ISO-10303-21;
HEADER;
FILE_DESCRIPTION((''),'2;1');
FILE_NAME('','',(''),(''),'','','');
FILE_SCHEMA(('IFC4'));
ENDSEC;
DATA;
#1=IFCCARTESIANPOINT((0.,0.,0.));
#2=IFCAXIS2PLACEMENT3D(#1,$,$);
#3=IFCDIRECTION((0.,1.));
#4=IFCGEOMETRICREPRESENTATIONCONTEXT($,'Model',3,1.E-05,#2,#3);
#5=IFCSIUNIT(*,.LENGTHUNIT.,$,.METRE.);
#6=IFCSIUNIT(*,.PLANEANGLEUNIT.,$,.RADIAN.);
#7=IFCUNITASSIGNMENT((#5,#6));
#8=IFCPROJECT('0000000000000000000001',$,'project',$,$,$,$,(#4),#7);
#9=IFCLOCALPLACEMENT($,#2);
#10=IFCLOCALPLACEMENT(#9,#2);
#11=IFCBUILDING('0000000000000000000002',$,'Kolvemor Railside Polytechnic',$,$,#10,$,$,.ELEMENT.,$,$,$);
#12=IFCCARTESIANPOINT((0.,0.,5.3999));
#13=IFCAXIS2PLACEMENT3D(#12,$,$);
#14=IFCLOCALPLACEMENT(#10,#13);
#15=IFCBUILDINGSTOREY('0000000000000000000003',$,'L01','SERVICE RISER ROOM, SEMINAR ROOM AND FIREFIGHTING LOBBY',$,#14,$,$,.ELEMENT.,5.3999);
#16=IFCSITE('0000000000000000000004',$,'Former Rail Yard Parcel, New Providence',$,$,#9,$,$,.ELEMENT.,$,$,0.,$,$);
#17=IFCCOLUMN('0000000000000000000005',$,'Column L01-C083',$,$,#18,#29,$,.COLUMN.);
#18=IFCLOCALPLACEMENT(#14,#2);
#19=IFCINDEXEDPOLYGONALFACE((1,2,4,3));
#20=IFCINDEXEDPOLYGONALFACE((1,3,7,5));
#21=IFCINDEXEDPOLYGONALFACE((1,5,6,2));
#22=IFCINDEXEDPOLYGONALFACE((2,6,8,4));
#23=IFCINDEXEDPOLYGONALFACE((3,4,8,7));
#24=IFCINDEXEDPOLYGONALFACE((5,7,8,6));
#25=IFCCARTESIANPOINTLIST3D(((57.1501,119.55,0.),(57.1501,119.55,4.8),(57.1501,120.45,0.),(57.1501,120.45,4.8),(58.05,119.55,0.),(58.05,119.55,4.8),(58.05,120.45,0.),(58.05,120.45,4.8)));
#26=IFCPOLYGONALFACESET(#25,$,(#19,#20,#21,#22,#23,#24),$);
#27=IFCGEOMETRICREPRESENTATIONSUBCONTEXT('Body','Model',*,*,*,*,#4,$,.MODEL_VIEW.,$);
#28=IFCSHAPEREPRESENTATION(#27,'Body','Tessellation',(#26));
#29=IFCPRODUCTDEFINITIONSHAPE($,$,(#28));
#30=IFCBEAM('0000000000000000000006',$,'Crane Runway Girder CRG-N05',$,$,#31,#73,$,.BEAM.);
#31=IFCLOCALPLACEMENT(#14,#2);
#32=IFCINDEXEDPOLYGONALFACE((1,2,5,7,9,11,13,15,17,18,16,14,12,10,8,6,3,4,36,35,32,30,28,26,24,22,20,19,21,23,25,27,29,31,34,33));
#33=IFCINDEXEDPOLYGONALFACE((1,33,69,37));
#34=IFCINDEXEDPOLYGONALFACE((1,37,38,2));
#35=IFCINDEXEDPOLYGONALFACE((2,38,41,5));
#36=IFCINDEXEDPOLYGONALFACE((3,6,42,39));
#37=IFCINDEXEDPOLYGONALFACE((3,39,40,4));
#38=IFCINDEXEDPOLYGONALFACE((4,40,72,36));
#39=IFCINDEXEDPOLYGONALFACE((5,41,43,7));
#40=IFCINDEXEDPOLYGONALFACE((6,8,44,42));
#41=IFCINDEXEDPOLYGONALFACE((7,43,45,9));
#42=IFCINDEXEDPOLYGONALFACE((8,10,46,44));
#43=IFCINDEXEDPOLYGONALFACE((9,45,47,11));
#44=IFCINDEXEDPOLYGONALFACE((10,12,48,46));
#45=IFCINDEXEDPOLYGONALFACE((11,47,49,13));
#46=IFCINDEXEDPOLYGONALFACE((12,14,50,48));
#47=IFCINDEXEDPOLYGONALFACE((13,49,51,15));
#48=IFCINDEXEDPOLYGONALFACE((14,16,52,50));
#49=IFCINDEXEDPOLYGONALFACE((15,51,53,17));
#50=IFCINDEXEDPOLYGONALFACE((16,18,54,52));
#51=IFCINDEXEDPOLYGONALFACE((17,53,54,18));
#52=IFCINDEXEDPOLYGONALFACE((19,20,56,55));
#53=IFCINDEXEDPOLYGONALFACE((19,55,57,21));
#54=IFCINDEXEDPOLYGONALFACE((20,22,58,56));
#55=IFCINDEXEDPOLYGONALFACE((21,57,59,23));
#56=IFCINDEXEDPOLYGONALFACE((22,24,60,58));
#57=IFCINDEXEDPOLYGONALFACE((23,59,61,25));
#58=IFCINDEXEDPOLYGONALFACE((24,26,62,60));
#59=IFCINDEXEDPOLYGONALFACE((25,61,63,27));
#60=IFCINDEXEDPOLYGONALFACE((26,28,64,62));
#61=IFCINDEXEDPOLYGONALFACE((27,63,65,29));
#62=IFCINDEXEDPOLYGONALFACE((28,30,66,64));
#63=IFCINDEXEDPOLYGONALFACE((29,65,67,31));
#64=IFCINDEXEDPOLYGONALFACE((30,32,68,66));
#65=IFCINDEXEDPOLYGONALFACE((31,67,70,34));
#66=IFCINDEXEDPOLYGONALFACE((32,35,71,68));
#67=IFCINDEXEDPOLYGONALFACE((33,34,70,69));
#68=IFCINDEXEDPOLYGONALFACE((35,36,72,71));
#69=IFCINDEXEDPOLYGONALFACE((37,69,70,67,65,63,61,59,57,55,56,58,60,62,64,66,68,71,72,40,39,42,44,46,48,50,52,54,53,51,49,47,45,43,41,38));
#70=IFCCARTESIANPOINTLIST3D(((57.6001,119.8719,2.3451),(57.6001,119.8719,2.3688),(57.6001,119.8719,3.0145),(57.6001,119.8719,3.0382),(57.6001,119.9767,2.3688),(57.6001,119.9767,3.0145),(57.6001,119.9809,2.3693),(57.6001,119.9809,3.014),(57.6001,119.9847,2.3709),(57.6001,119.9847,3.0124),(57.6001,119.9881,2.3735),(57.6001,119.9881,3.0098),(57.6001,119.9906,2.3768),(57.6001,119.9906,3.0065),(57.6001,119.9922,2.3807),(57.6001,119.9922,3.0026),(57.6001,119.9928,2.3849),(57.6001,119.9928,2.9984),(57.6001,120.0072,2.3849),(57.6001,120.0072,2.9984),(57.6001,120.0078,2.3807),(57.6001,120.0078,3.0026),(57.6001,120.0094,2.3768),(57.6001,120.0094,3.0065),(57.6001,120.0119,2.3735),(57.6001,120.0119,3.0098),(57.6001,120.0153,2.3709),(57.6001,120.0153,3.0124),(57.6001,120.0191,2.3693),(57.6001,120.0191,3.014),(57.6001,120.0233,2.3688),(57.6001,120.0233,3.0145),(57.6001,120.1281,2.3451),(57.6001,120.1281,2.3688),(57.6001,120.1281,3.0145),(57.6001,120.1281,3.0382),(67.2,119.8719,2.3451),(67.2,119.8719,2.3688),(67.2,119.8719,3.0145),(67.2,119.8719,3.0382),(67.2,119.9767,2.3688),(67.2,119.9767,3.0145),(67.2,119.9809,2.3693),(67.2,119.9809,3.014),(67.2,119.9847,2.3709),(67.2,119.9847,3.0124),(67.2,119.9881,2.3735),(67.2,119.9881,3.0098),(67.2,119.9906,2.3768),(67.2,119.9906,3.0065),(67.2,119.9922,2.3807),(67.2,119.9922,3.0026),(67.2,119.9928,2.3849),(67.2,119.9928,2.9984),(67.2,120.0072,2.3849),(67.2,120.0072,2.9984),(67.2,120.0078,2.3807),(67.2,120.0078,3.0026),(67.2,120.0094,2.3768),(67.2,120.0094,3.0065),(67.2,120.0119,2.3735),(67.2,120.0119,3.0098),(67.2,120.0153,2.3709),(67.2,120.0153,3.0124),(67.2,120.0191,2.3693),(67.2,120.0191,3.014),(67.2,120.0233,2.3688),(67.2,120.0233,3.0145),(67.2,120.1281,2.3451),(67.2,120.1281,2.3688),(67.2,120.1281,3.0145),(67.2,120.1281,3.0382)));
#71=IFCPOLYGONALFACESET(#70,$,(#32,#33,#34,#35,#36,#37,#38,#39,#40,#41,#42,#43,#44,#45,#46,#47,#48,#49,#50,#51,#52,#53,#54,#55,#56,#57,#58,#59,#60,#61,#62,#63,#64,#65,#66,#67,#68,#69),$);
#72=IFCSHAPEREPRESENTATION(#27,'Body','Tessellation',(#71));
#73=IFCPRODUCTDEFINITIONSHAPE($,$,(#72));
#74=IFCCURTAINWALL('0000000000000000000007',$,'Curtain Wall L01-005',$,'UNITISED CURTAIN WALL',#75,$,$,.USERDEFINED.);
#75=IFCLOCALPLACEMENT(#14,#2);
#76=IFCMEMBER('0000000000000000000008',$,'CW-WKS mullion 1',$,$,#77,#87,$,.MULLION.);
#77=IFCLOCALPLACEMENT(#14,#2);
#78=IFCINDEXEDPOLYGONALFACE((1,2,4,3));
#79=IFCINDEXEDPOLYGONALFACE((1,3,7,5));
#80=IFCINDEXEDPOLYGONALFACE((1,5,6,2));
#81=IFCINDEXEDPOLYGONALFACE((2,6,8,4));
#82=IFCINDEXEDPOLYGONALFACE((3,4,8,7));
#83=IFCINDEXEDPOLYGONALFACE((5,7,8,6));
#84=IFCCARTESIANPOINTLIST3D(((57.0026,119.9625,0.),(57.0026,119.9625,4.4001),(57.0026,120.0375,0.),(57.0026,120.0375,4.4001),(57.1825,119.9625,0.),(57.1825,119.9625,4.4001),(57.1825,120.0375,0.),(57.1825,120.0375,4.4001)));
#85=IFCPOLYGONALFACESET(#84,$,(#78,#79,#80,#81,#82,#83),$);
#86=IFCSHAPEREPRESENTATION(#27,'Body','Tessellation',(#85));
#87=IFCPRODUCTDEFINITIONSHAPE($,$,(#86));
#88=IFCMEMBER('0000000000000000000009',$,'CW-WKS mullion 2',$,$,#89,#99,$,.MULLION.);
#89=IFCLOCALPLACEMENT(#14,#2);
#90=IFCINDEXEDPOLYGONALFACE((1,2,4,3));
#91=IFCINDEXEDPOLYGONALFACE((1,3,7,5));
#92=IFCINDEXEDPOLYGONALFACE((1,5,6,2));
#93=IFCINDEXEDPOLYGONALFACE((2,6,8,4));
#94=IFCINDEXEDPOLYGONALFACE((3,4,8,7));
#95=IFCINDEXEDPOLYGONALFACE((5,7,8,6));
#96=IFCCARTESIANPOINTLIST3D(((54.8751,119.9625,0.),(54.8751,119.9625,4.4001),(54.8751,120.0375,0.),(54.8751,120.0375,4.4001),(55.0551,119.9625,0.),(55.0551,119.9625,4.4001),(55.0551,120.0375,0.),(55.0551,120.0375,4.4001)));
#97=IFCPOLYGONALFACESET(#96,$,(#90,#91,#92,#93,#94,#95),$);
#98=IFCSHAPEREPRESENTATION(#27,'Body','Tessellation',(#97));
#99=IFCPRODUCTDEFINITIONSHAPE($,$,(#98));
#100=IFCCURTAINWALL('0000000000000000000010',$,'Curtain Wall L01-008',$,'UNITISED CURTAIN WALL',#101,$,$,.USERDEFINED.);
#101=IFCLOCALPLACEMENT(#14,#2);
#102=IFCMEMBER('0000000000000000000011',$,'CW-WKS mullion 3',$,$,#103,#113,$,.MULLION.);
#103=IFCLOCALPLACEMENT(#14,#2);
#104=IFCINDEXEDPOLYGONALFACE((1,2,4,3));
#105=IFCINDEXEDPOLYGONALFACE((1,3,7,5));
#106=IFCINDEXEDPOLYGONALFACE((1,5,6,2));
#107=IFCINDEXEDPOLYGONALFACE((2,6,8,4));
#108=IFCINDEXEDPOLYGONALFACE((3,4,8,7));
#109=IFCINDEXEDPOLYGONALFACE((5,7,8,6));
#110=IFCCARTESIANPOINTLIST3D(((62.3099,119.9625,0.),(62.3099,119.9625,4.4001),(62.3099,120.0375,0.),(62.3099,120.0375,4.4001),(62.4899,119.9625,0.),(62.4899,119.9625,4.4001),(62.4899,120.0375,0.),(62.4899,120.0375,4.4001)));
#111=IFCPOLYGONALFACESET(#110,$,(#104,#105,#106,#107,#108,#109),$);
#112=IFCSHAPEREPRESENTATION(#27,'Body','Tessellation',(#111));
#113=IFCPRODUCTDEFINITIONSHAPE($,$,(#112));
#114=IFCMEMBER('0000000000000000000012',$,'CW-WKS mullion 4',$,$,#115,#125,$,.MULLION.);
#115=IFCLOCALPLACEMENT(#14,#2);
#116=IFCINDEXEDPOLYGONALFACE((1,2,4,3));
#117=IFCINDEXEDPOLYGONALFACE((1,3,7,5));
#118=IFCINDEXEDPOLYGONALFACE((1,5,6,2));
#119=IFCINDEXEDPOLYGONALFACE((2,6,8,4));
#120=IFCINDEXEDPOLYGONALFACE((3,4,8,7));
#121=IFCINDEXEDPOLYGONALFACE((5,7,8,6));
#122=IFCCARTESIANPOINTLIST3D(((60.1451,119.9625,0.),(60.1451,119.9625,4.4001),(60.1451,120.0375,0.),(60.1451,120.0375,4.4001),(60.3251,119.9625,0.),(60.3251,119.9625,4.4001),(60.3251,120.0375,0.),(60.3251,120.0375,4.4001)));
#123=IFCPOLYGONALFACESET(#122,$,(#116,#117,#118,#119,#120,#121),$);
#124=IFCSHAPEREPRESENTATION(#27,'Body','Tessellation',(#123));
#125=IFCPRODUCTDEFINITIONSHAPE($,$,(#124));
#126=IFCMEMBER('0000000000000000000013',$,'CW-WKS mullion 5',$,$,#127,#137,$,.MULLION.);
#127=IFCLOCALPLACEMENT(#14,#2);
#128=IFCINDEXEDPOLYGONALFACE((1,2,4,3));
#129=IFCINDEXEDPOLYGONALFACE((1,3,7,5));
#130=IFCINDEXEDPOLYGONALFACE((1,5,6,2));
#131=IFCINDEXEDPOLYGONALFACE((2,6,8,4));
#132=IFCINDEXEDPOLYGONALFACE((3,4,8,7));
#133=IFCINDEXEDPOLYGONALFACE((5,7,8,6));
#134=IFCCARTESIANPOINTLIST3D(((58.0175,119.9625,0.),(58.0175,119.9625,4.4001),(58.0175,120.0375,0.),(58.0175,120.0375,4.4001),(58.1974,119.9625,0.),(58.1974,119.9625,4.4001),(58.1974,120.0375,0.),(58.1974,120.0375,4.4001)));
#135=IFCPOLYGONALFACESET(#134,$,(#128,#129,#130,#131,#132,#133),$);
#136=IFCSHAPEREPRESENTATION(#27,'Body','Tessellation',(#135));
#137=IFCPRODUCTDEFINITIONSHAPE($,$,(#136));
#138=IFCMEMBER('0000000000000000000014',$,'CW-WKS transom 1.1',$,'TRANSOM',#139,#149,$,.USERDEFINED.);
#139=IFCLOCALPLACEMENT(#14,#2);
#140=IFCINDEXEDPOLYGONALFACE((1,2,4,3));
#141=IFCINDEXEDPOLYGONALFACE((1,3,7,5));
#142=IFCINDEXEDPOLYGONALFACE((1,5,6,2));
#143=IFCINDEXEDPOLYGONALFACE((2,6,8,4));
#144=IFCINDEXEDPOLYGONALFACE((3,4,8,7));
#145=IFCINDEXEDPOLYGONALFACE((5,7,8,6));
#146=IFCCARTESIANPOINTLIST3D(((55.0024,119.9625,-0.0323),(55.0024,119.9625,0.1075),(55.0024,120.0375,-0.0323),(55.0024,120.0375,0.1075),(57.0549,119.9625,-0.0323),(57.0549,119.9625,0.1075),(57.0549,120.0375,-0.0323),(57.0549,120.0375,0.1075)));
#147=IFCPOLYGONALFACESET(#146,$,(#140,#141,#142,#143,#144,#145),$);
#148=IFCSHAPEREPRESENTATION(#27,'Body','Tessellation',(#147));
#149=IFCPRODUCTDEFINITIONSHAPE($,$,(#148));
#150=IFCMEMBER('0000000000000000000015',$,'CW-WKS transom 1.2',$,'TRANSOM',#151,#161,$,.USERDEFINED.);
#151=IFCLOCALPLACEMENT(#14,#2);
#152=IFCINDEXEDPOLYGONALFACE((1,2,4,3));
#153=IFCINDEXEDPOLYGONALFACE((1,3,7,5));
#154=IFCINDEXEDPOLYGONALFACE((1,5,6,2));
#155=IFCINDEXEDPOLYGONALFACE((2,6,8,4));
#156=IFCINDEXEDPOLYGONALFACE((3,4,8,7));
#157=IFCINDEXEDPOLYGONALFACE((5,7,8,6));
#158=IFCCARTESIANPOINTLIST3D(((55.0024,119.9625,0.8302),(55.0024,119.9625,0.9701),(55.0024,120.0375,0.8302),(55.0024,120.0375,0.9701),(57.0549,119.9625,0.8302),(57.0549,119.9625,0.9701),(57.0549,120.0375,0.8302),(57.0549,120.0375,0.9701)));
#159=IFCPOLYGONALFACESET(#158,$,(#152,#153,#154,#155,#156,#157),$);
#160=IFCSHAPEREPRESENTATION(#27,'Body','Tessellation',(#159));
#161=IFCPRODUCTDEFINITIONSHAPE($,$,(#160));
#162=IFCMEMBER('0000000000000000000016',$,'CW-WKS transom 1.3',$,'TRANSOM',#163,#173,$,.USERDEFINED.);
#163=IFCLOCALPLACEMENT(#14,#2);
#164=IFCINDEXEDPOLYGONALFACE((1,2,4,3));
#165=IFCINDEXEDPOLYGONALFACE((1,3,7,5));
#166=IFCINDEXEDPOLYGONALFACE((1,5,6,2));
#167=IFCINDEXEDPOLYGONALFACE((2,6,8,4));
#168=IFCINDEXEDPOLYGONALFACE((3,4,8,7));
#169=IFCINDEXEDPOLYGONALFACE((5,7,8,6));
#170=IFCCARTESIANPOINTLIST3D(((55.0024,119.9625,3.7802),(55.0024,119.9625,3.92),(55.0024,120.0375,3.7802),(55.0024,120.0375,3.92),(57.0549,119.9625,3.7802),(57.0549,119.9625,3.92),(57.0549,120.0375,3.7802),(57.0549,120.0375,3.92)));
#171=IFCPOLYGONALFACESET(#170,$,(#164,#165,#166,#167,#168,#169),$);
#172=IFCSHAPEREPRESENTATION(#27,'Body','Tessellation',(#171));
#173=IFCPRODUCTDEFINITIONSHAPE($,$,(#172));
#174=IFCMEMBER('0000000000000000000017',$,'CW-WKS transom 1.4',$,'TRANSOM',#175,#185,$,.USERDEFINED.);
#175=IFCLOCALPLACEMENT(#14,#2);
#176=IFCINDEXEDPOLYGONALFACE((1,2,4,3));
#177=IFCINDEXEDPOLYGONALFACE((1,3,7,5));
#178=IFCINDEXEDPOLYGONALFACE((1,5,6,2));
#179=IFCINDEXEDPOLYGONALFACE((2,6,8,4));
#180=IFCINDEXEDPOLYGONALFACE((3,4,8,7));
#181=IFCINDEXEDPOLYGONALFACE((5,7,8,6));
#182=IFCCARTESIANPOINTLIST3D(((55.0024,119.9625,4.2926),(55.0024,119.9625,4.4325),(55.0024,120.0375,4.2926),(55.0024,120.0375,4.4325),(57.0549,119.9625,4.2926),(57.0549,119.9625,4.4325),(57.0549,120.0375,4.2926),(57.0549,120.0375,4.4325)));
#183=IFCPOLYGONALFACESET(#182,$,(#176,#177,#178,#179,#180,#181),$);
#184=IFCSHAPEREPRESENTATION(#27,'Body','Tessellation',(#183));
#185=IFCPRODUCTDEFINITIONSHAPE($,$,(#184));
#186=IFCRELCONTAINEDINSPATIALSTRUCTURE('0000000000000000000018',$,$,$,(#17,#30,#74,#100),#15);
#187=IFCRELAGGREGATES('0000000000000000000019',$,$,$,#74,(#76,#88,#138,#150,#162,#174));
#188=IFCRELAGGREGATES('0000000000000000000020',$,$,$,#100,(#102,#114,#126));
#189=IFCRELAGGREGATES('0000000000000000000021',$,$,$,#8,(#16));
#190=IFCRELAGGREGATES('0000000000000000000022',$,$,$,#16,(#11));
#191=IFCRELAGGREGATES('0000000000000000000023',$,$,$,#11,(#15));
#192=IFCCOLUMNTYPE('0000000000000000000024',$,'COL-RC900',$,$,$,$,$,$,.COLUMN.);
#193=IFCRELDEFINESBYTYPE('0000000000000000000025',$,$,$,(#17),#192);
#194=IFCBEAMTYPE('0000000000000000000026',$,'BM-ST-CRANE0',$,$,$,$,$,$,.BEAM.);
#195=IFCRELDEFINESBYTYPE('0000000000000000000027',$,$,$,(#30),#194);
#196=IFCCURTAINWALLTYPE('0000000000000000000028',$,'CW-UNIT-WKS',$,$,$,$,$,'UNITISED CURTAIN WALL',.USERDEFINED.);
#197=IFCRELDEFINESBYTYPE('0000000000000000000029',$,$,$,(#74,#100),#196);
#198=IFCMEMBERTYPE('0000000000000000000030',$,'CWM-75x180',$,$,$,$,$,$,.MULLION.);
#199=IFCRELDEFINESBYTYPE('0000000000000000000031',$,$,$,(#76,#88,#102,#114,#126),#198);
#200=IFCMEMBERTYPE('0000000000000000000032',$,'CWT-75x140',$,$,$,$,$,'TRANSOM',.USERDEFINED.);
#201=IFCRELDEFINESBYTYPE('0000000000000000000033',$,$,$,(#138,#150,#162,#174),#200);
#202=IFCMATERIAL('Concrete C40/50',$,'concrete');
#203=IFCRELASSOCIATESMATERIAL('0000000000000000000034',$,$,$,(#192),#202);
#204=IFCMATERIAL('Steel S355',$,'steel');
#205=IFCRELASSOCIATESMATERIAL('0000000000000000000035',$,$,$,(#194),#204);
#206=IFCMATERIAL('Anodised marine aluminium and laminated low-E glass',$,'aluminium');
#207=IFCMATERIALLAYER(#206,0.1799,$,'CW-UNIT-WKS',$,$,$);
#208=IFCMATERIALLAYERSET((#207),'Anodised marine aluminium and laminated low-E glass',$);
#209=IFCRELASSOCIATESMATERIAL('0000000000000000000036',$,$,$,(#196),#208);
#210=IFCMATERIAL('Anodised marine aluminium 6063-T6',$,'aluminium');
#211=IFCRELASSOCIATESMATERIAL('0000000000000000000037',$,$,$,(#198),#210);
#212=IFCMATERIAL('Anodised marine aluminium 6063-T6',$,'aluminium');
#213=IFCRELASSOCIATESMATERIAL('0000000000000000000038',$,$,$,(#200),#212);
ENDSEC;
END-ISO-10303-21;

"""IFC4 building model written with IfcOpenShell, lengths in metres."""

from ifc_helpers import new_model, si_unit, direction, frame, origin, origin_2d, place, context, subcontext, project, spatial, rectangle, i_section, extrude, material, layer, layer_set, material_profile, profile_set, type_object, element, aggregate, save


model = new_model("IFC4")

# Units and contexts
model_context = context("Model", 3, precision=1e-05, world=origin(), true_north=direction((0.0, 1.0)))
body_context = subcontext(model_context, "Body", "Model", "MODEL_VIEW")
ifc_project = project(units=[si_unit("LENGTHUNIT", "METRE"), si_unit("PLANEANGLEUNIT", "RADIAN")], contexts=[model_context])

# Site, building, storey
site_placement = place(None, origin())
site = spatial("IfcSite", under=ifc_project, at=site_placement, Name="Former Rail Yard Parcel, New Providence", CompositionType="ELEMENT", RefElevation=0.0)
building_placement = place(site_placement, origin())
building = spatial("IfcBuilding", under=site, at=building_placement, Name="Kolvemor Railside Polytechnic", CompositionType="ELEMENT")
storey_placement = place(building_placement, frame((0.0, 0.0, 5.3999)))
storey = spatial("IfcBuildingStorey", under=building, at=storey_placement, Name="L01", Description="SERVICE RISER ROOM, SEMINAR ROOM AND FIREFIGHTING LOBBY", CompositionType="ELEMENT", Elevation=5.3999)

# Column
ifc_material_1 = material(Name="Concrete C40/50", Category="concrete")
ifc_material_profile_1 = material_profile(ifc_material_1, rectangle(XDim=0.8999, YDim=0.8999, at=origin_2d()), Name="RC900x900")
ifc_profile_set_1 = profile_set([ifc_material_profile_1], Name="Concrete C40/50")
column_type = type_object("IfcColumnType", Name="COL-RC900", PredefinedType="COLUMN", material=ifc_profile_set_1)
column_placement = place(storey_placement, frame((57.6001, 120.0, 0.0), z_axis=(0.0, 0.0, 1.0), x_axis=(1.0, 0.0, 0.0)))
element("IfcColumn", 1, at=column_placement, inside=storey, type_object=column_type, Name="Column L01-C083", PredefinedType="COLUMN", context=body_context, shape_type="SweptSolid", body=[
    extrude(rectangle(XDim=0.8999, YDim=0.8999, at=origin_2d()), origin(), (0.0, 0.0, 1.0), 4.8),
])

# Beam
ifc_material_2 = material(Name="Steel S355", Category="steel")
ifc_material_profile_2 = material_profile(ifc_material_2, i_section(OverallWidth=0.2561, OverallDepth=0.6931, WebThickness=0.0144, FlangeThickness=0.0237, FilletRadius=0.0161, at=origin_2d()), Name="W690x170")
ifc_profile_set_2 = profile_set([ifc_material_profile_2], Name="Steel S355")
beam_type = type_object("IfcBeamType", Name="BM-ST-CRANE0", PredefinedType="BEAM", material=ifc_profile_set_2)
beam_placement = place(storey_placement, frame((57.6001, 120.0, 2.6917), z_axis=(1.0, 0.0, 0.0), x_axis=(0.0, 1.0, 0.0)))
element("IfcBeam", 2, at=beam_placement, inside=storey, type_object=beam_type, Name="Crane Runway Girder CRG-N05", PredefinedType="BEAM", context=body_context, shape_type="SweptSolid", body=[
    extrude(i_section(OverallWidth=0.2561, OverallDepth=0.6931, WebThickness=0.0144, FlangeThickness=0.0237, FilletRadius=0.0161, at=origin_2d()), origin(), (0.0, 0.0, 1.0), 9.5999),
])

# Curtain walls, members
ifc_material_3 = material(Name="Anodised marine aluminium and laminated low-E glass", Category="aluminium")
ifc_layer_1 = layer(ifc_material_3, 0.1799, Name="CW-UNIT-WKS")
ifc_layer_set_1 = layer_set([ifc_layer_1], Name="Anodised marine aluminium and laminated low-E glass")
curtain_wall_type = type_object("IfcCurtainWallType", Name="CW-UNIT-WKS", ElementType="UNITISED CURTAIN WALL", PredefinedType="USERDEFINED", material=ifc_layer_set_1)
curtain_wall_1_placement = place(storey_placement, origin())
curtain_wall_1 = element("IfcCurtainWall", 3, at=curtain_wall_1_placement, inside=storey, type_object=curtain_wall_type, Name="Curtain Wall L01-005", ObjectType="UNITISED CURTAIN WALL", PredefinedType="USERDEFINED")
ifc_material_4 = material(Name="Anodised marine aluminium 6063-T6", Category="aluminium")
ifc_material_profile_3 = material_profile(ifc_material_4, rectangle(XDim=0.075, YDim=0.1799, at=origin_2d()), Name="CW-MUL-75x180")
ifc_profile_set_3 = profile_set([ifc_material_profile_3], Name="Anodised marine aluminium 6063-T6")
member_type_1 = type_object("IfcMemberType", Name="CWM-75x180", PredefinedType="MULLION", material=ifc_profile_set_3)
member_1_placement = place(storey_placement, frame((57.0925, 120.0, 0.0), z_axis=(0.0, 0.0, 1.0), x_axis=(0.0, -1.0, 0.0)))
member_1 = element("IfcMember", 4, at=member_1_placement, type_object=member_type_1, Name="CW-WKS mullion 1", PredefinedType="MULLION", context=body_context, shape_type="SweptSolid", body=[
    extrude(rectangle(XDim=0.075, YDim=0.1799, at=origin_2d()), origin(), (0.0, 0.0, 1.0), 4.4001),
])
member_2_placement = place(storey_placement, frame((54.9651, 120.0, 0.0), z_axis=(0.0, 0.0, 1.0), x_axis=(0.0, -1.0, 0.0)))
member_2 = element("IfcMember", 5, at=member_2_placement, type_object=member_type_1, Name="CW-WKS mullion 2", PredefinedType="MULLION", context=body_context, shape_type="SweptSolid", body=[
    extrude(rectangle(XDim=0.075, YDim=0.1799, at=origin_2d()), origin(), (0.0, 0.0, 1.0), 4.4001),
])
curtain_wall_2_placement = place(storey_placement, origin())
curtain_wall_2 = element("IfcCurtainWall", 6, at=curtain_wall_2_placement, inside=storey, type_object=curtain_wall_type, Name="Curtain Wall L01-008", ObjectType="UNITISED CURTAIN WALL", PredefinedType="USERDEFINED")
member_3_placement = place(storey_placement, frame((62.3999, 120.0, 0.0), z_axis=(0.0, 0.0, 1.0), x_axis=(0.0, -1.0, 0.0)))
member_3 = element("IfcMember", 7, at=member_3_placement, type_object=member_type_1, Name="CW-WKS mullion 3", PredefinedType="MULLION", context=body_context, shape_type="SweptSolid", body=[
    extrude(rectangle(XDim=0.075, YDim=0.1799, at=origin_2d()), origin(), (0.0, 0.0, 1.0), 4.4001),
])
member_4_placement = place(storey_placement, frame((60.2351, 120.0, 0.0), z_axis=(0.0, 0.0, 1.0), x_axis=(0.0, -1.0, 0.0)))
member_4 = element("IfcMember", 8, at=member_4_placement, type_object=member_type_1, Name="CW-WKS mullion 4", PredefinedType="MULLION", context=body_context, shape_type="SweptSolid", body=[
    extrude(rectangle(XDim=0.075, YDim=0.1799, at=origin_2d()), origin(), (0.0, 0.0, 1.0), 4.4001),
])
member_5_placement = place(storey_placement, frame((58.1074, 120.0, 0.0), z_axis=(0.0, 0.0, 1.0), x_axis=(0.0, -1.0, 0.0)))
member_5 = element("IfcMember", 9, at=member_5_placement, type_object=member_type_1, Name="CW-WKS mullion 5", PredefinedType="MULLION", context=body_context, shape_type="SweptSolid", body=[
    extrude(rectangle(XDim=0.075, YDim=0.1799, at=origin_2d()), origin(), (0.0, 0.0, 1.0), 4.4001),
])

# Members
ifc_material_5 = material(Name="Anodised marine aluminium 6063-T6", Category="aluminium")
ifc_material_profile_4 = material_profile(ifc_material_5, rectangle(XDim=0.075, YDim=0.1399, at=origin_2d()), Name="CW-TRN-75x140")
ifc_profile_set_4 = profile_set([ifc_material_profile_4], Name="Anodised marine aluminium 6063-T6")
member_type_2 = type_object("IfcMemberType", Name="CWT-75x140", ElementType="TRANSOM", PredefinedType="USERDEFINED", material=ifc_profile_set_4)
member_6_placement = place(storey_placement, frame((57.0549, 120.0, 0.0376), z_axis=(-1.0, 0.0, 0.0), x_axis=(0.0, -1.0, 0.0)))
member_6 = element("IfcMember", 10, at=member_6_placement, type_object=member_type_2, Name="CW-WKS transom 1.1", ObjectType="TRANSOM", PredefinedType="USERDEFINED", context=body_context, shape_type="SweptSolid", body=[
    extrude(rectangle(XDim=0.075, YDim=0.1399, at=origin_2d()), origin(), (0.0, 0.0, 1.0), 2.0525),
])
member_7_placement = place(storey_placement, frame((57.0549, 120.0, 0.9001), z_axis=(-1.0, 0.0, 0.0), x_axis=(0.0, -1.0, 0.0)))
member_7 = element("IfcMember", 11, at=member_7_placement, type_object=member_type_2, Name="CW-WKS transom 1.2", ObjectType="TRANSOM", PredefinedType="USERDEFINED", context=body_context, shape_type="SweptSolid", body=[
    extrude(rectangle(XDim=0.075, YDim=0.1399, at=origin_2d()), origin(), (0.0, 0.0, 1.0), 2.0525),
])
member_8_placement = place(storey_placement, frame((57.0549, 120.0, 3.8501), z_axis=(-1.0, 0.0, 0.0), x_axis=(0.0, -1.0, 0.0)))
member_8 = element("IfcMember", 12, at=member_8_placement, type_object=member_type_2, Name="CW-WKS transom 1.3", ObjectType="TRANSOM", PredefinedType="USERDEFINED", context=body_context, shape_type="SweptSolid", body=[
    extrude(rectangle(XDim=0.075, YDim=0.1399, at=origin_2d()), origin(), (0.0, 0.0, 1.0), 2.0525),
])
member_9_placement = place(storey_placement, frame((57.0549, 120.0, 4.3625), z_axis=(-1.0, 0.0, 0.0), x_axis=(0.0, -1.0, 0.0)))
member_9 = element("IfcMember", 13, at=member_9_placement, type_object=member_type_2, Name="CW-WKS transom 1.4", ObjectType="TRANSOM", PredefinedType="USERDEFINED", context=body_context, shape_type="SweptSolid", body=[
    extrude(rectangle(XDim=0.075, YDim=0.1399, at=origin_2d()), origin(), (0.0, 0.0, 1.0), 2.0525),
])

aggregate(curtain_wall_1, [member_1, member_2, member_6, member_7, member_8, member_9])
aggregate(curtain_wall_2, [member_3, member_4, member_5])

save(model, "model.ifc")
